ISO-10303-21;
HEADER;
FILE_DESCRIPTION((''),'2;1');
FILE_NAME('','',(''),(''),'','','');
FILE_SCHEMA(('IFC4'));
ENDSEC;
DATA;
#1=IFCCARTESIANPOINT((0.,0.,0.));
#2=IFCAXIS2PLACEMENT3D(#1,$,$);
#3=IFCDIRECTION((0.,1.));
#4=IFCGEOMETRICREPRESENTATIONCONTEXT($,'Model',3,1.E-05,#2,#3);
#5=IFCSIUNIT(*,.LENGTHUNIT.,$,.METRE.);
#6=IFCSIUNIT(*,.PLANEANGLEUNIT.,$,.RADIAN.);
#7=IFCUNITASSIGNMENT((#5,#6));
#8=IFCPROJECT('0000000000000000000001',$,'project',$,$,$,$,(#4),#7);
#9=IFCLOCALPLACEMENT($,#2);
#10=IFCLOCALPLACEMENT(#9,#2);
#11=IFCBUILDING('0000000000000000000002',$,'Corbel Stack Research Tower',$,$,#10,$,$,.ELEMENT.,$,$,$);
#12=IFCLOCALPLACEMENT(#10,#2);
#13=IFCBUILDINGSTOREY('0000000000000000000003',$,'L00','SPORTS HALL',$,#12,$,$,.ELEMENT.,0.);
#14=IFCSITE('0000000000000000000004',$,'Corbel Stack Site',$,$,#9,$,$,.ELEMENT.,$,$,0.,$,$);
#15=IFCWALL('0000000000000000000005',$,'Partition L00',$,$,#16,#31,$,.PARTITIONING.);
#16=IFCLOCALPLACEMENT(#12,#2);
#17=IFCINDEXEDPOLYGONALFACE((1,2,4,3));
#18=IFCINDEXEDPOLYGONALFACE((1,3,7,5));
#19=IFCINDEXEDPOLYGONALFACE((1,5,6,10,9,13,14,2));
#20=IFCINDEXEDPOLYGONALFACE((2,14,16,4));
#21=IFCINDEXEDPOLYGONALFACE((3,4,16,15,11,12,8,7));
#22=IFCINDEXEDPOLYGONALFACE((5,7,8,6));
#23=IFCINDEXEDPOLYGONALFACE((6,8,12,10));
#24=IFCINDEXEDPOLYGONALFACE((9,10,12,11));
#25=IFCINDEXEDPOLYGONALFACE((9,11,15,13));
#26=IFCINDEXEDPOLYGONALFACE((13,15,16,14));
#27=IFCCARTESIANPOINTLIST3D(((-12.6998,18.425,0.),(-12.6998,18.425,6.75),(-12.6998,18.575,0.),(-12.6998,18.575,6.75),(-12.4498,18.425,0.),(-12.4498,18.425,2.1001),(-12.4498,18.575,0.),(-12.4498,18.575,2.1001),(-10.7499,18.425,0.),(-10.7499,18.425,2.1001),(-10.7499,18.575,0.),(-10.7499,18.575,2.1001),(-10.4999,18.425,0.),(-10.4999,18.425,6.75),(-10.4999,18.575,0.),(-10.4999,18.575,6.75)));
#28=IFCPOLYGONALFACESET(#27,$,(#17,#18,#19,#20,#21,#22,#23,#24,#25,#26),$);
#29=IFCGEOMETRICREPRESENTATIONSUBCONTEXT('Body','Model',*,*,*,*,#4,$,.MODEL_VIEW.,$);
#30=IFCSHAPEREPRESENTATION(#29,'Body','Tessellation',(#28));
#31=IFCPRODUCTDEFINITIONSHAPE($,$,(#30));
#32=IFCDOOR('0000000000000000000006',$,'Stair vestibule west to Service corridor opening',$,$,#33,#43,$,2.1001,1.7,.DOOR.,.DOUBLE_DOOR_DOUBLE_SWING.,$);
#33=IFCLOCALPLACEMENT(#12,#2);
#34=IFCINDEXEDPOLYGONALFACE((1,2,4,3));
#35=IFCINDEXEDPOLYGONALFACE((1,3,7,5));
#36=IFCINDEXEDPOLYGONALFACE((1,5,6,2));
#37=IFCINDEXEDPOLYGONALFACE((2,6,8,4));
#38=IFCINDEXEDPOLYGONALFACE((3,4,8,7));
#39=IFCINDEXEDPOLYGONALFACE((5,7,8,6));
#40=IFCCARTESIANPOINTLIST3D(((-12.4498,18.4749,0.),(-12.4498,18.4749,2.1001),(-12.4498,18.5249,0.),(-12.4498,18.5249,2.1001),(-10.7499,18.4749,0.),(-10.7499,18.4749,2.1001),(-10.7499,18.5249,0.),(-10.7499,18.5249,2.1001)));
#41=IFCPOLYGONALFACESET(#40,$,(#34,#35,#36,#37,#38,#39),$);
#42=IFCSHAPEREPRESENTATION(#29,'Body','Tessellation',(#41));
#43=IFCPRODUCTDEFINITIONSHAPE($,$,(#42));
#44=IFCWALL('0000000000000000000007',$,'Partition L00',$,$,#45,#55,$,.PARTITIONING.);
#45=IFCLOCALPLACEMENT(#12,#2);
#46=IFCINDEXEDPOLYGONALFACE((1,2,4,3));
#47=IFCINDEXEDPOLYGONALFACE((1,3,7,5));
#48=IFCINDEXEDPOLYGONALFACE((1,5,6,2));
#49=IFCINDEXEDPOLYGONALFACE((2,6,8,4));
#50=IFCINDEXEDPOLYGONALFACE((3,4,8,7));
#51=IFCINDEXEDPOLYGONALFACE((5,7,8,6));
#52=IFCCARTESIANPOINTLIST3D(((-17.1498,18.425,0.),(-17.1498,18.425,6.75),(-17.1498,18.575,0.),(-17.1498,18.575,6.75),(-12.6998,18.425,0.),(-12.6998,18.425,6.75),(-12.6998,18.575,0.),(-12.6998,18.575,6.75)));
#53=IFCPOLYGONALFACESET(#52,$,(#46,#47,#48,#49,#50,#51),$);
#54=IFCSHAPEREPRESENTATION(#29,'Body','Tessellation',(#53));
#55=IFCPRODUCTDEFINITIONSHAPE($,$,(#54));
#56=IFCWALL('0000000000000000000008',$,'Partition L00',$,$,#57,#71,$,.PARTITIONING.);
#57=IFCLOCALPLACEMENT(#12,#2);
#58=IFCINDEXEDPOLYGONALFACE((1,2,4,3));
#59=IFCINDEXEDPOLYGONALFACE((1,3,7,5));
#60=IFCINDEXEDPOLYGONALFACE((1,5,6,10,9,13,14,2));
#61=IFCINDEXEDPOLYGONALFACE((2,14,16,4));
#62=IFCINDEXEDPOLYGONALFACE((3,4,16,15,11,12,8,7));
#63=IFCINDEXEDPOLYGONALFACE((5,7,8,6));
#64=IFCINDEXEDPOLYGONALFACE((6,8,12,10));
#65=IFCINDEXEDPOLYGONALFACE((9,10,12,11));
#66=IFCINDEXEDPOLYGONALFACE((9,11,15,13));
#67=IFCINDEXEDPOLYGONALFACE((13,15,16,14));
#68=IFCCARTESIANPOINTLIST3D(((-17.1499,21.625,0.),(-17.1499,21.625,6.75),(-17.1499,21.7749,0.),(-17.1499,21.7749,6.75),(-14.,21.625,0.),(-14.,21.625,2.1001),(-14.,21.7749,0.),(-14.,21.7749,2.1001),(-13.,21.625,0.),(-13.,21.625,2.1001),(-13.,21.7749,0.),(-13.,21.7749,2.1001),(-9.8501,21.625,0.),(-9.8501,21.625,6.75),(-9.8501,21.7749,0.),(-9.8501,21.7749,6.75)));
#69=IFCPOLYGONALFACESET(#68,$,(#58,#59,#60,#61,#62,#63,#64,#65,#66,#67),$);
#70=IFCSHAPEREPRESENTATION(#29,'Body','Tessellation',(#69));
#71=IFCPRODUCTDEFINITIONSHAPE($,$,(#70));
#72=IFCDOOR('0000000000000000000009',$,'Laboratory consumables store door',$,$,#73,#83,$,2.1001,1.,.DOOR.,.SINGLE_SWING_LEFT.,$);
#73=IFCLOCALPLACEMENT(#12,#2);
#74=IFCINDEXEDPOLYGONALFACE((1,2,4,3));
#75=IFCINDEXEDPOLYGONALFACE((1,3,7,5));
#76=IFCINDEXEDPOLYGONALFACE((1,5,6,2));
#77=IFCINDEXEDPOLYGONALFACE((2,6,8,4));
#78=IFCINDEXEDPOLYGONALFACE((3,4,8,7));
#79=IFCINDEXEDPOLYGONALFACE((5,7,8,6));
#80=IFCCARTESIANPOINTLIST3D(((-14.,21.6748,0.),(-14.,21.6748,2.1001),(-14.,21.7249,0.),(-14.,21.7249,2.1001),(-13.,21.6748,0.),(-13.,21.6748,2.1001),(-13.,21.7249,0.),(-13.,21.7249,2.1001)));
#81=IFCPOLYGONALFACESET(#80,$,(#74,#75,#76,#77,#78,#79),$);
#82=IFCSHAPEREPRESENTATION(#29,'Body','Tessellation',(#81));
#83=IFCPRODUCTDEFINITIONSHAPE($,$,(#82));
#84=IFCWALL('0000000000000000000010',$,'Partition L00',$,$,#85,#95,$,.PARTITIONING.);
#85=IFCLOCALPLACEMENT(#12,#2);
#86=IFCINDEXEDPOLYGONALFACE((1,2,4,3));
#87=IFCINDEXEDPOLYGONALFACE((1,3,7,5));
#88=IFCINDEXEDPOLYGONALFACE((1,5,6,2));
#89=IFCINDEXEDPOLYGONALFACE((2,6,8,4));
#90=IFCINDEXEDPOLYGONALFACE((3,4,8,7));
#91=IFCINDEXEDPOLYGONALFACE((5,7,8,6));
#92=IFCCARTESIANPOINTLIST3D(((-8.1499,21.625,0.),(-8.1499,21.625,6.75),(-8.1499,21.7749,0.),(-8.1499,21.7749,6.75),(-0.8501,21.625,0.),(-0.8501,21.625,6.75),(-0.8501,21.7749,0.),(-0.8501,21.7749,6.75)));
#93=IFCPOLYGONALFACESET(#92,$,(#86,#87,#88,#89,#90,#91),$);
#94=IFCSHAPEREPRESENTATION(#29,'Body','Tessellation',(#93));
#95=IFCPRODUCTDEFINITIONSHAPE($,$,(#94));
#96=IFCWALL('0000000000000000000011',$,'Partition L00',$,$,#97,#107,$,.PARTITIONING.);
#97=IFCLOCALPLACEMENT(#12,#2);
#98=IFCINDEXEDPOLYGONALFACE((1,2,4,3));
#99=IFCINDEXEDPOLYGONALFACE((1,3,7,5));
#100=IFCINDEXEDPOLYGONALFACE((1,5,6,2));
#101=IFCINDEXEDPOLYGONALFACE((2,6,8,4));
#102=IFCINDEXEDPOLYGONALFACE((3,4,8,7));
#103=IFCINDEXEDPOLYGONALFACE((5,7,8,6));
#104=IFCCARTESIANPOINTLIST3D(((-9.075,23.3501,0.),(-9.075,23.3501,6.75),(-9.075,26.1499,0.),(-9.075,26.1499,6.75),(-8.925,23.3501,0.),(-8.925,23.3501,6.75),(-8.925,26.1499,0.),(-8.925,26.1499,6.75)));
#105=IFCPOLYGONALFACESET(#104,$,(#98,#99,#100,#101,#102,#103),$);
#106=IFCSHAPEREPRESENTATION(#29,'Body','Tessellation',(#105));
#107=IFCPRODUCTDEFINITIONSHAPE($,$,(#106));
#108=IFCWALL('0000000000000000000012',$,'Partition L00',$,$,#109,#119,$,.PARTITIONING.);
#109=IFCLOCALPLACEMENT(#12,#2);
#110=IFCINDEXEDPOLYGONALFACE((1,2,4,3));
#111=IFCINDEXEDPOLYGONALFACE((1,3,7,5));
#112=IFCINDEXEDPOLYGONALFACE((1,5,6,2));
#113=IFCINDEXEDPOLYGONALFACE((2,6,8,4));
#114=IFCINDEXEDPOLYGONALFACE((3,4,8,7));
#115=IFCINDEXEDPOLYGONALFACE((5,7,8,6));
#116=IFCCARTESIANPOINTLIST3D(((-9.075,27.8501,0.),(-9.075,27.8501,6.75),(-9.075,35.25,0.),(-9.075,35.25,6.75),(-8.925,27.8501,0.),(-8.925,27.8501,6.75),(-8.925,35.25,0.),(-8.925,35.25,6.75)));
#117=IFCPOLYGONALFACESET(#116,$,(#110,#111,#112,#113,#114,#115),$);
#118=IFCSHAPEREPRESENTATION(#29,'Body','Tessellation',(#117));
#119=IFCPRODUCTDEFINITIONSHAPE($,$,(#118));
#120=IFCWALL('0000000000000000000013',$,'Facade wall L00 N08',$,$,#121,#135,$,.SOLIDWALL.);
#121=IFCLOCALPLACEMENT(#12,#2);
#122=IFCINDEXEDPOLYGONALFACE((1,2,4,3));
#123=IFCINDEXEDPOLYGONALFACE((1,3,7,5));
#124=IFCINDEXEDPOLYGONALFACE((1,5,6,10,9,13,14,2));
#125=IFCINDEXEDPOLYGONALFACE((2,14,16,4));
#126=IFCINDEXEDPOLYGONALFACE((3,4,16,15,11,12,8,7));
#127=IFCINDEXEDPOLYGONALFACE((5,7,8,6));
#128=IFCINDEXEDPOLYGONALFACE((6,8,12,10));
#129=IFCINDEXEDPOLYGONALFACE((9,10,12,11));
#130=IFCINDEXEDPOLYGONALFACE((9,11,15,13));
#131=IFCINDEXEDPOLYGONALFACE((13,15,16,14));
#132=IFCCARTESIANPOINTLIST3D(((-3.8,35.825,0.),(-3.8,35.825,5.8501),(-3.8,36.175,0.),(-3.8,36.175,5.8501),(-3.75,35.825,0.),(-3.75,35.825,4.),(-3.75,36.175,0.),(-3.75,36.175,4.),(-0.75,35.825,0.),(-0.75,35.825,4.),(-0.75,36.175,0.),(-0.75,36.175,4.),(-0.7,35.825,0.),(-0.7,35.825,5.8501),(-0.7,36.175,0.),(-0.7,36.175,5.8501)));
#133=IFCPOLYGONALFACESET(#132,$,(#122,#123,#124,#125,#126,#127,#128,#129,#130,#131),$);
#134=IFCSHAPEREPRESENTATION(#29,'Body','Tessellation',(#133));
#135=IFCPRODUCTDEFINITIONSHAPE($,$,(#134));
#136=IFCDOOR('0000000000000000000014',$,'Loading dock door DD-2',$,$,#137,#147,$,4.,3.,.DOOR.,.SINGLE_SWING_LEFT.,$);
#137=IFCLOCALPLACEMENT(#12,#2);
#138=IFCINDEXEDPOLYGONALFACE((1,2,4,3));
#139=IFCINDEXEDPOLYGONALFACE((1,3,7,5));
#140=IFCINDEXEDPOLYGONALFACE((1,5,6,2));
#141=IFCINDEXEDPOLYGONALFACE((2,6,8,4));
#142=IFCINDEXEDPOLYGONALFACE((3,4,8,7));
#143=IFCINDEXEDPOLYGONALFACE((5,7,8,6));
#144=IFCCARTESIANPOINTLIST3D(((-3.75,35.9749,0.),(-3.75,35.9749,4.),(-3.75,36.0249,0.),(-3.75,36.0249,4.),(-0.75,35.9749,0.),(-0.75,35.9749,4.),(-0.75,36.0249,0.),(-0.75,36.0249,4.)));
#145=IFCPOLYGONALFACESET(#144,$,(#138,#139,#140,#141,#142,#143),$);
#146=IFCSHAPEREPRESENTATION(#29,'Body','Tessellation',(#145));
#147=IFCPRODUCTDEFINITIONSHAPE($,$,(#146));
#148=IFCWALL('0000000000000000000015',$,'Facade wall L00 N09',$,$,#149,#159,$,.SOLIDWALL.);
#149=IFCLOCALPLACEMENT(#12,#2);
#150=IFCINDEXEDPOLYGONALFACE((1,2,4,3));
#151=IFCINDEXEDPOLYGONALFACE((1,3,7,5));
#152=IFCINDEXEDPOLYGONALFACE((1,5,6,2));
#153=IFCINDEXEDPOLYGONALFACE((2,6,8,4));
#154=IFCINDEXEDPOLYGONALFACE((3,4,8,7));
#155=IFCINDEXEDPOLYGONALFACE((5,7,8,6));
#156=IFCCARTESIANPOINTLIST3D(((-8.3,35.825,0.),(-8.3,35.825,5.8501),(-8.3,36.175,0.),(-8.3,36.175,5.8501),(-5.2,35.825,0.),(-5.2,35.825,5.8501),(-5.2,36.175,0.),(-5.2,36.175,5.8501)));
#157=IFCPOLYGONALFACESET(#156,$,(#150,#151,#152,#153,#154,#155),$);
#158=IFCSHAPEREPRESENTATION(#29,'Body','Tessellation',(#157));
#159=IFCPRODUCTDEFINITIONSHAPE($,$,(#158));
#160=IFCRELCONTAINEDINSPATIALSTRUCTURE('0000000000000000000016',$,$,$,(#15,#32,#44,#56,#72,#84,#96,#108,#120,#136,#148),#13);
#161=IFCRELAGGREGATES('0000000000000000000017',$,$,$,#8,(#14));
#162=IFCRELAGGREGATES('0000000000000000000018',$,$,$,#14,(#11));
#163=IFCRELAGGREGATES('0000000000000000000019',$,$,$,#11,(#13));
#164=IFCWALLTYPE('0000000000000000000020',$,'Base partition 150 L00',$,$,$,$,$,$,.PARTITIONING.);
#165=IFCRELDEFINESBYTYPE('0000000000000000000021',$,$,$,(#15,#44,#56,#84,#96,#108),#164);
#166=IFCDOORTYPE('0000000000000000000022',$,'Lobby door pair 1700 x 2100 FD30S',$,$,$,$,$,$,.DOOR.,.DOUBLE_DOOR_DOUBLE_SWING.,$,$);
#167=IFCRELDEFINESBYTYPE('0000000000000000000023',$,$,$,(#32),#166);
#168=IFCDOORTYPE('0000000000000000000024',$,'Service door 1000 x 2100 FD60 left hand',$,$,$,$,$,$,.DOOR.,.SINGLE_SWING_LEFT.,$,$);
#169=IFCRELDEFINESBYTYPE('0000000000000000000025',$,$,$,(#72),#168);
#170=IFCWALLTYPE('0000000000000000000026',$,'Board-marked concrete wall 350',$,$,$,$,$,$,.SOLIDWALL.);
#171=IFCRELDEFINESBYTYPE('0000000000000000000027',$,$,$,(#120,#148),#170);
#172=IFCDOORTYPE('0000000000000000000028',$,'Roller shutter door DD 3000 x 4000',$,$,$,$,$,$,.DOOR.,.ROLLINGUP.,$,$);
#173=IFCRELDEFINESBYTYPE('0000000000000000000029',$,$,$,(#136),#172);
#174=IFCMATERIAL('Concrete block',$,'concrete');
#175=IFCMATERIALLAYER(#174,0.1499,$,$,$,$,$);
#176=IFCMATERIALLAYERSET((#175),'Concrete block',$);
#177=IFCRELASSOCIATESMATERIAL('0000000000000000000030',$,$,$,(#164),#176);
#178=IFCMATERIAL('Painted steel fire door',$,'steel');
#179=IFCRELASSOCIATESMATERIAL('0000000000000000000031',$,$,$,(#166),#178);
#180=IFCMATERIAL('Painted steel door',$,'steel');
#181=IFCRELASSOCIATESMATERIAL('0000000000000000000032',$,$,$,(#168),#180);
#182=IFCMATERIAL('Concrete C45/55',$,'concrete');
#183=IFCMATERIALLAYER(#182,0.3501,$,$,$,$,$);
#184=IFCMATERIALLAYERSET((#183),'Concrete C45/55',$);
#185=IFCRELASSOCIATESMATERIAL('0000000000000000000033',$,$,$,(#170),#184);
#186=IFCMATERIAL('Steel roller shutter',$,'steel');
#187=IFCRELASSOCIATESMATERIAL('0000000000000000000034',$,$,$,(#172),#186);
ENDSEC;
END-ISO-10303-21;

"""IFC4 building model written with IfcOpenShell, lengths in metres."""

from ifc_helpers import new_model, si_unit, direction, frame, frame_2d, origin, place, context, subcontext, project, spatial, rectangle, extrude, material, layer, layer_set, type_object, element, fill, save


model = new_model("IFC4")

# Units and contexts
model_context = context("Model", 3, precision=1e-05, world=origin(), true_north=direction((0.0, 1.0)))
body_context = subcontext(model_context, "Body", "Model", "MODEL_VIEW")
ifc_project = project(units=[si_unit("LENGTHUNIT", "METRE"), si_unit("PLANEANGLEUNIT", "RADIAN")], contexts=[model_context])

# Site, building, storey
site_placement = place(None, origin())
site = spatial("IfcSite", under=ifc_project, at=site_placement, Name="Corbel Stack Site", CompositionType="ELEMENT", RefElevation=0.0)
building_placement = place(site_placement, origin())
building = spatial("IfcBuilding", under=site, at=building_placement, Name="Corbel Stack Research Tower", CompositionType="ELEMENT")
storey_placement = place(building_placement, origin())
storey = spatial("IfcBuildingStorey", under=building, at=storey_placement, Name="L00", Description="SPORTS HALL", CompositionType="ELEMENT", Elevation=0.0)

# Wall, opening, door
ifc_material_1 = material(Name="Concrete block", Category="concrete")
ifc_layer_1 = layer(ifc_material_1, 0.1499)
ifc_layer_set_1 = layer_set([ifc_layer_1], Name="Concrete block")
wall_type_1 = type_object("IfcWallType", Name="Base partition 150 L00", PredefinedType="PARTITIONING", material=ifc_layer_set_1)
wall_1_placement = place(storey_placement, frame((-12.7, 18.5, 0.0), z_axis=(0.0, 0.0, 1.0), x_axis=(1.0, 0.0, 0.0)))
wall_1 = element("IfcWall", 1, at=wall_1_placement, inside=storey, type_object=wall_type_1, Name="Partition L00", PredefinedType="PARTITIONING", context=body_context, shape_type="SweptSolid", body=[
    extrude(rectangle(XDim=2.2, YDim=0.1499, at=frame_2d((1.1001, 0.0))), origin(), (0.0, 0.0, 1.0), 6.75),
])
opening_1_placement = place(wall_1_placement, frame((0.25, 0.0, 0.0)))
opening_1 = element("IfcOpeningElement", 2, at=opening_1_placement, cuts=wall_1, PredefinedType="OPENING", context=body_context, shape_type="SweptSolid", body=[
    extrude(rectangle(XDim=1.7, YDim=2.1001, at=frame_2d((0.8501, 1.05))), frame((0.0, 0.085, 0.0), z_axis=(0.0, -1.0, 0.0), x_axis=(1.0, 0.0, 0.0)), (0.0, 0.0, 1.0), 0.1699),
])
ifc_material_2 = material(Name="Painted steel fire door", Category="steel")
door_type_1 = type_object("IfcDoorType", Name="Lobby door pair 1700 x 2100 FD30S", OperationType="DOUBLE_DOOR_DOUBLE_SWING", PredefinedType="DOOR", material=ifc_material_2)
door_1_placement = place(opening_1_placement, origin())
door_1 = element("IfcDoor", 3, at=door_1_placement, inside=storey, type_object=door_type_1, Name="Stair vestibule west to Service corridor opening", OperationType="DOUBLE_DOOR_DOUBLE_SWING", OverallHeight=2.1001, OverallWidth=1.7, PredefinedType="DOOR", context=body_context, shape_type="SweptSolid", body=[
    extrude(rectangle(XDim=1.7, YDim=2.1001, at=frame_2d((0.8501, 1.05))), frame((0.0, 0.0249, 0.0), z_axis=(0.0, -1.0, 0.0), x_axis=(1.0, 0.0, 0.0)), (0.0, 0.0, 1.0), 0.05),
])
fill(opening_1, door_1)

# Wall
wall_2_placement = place(storey_placement, frame((-17.1499, 18.5, 0.0), z_axis=(0.0, 0.0, 1.0), x_axis=(1.0, 0.0, 0.0)))
element("IfcWall", 4, at=wall_2_placement, inside=storey, type_object=wall_type_1, Name="Partition L00", PredefinedType="PARTITIONING", context=body_context, shape_type="SweptSolid", body=[
    extrude(rectangle(XDim=4.45, YDim=0.1499, at=frame_2d((2.2251, 0.0))), origin(), (0.0, 0.0, 1.0), 6.75),
])

# Wall, opening, door
wall_3_placement = place(storey_placement, frame((-17.1499, 21.7, 0.0), z_axis=(0.0, 0.0, 1.0), x_axis=(1.0, 0.0, 0.0)))
wall_3 = element("IfcWall", 5, at=wall_3_placement, inside=storey, type_object=wall_type_1, Name="Partition L00", PredefinedType="PARTITIONING", context=body_context, shape_type="SweptSolid", body=[
    extrude(rectangle(XDim=7.2998, YDim=0.1499, at=frame_2d((3.6499, 0.0))), origin(), (0.0, 0.0, 1.0), 6.75),
])
opening_2_placement = place(wall_3_placement, frame((3.1499, 0.0, 0.0)))
opening_2 = element("IfcOpeningElement", 6, at=opening_2_placement, cuts=wall_3, PredefinedType="OPENING", context=body_context, shape_type="SweptSolid", body=[
    extrude(rectangle(XDim=1.0, YDim=2.1001, at=frame_2d((0.5, 1.05))), frame((0.0, 0.085, 0.0), z_axis=(0.0, -1.0, 0.0), x_axis=(1.0, 0.0, 0.0)), (0.0, 0.0, 1.0), 0.1699),
])
ifc_material_3 = material(Name="Painted steel door", Category="steel")
door_type_2 = type_object("IfcDoorType", Name="Service door 1000 x 2100 FD60 left hand", OperationType="SINGLE_SWING_LEFT", PredefinedType="DOOR", material=ifc_material_3)
door_2_placement = place(opening_2_placement, origin())
door_2 = element("IfcDoor", 7, at=door_2_placement, inside=storey, type_object=door_type_2, Name="Laboratory consumables store door", OperationType="SINGLE_SWING_LEFT", OverallHeight=2.1001, OverallWidth=1.0, PredefinedType="DOOR", context=body_context, shape_type="SweptSolid", body=[
    extrude(rectangle(XDim=1.0, YDim=2.1001, at=frame_2d((0.5, 1.05))), frame((0.0, 0.0249, 0.0), z_axis=(0.0, -1.0, 0.0), x_axis=(1.0, 0.0, 0.0)), (0.0, 0.0, 1.0), 0.05),
])
fill(opening_2, door_2)

# Walls
wall_4_placement = place(storey_placement, frame((-8.1499, 21.7, 0.0), z_axis=(0.0, 0.0, 1.0), x_axis=(1.0, 0.0, 0.0)))
element("IfcWall", 8, at=wall_4_placement, inside=storey, type_object=wall_type_1, Name="Partition L00", PredefinedType="PARTITIONING", context=body_context, shape_type="SweptSolid", body=[
    extrude(rectangle(XDim=7.2998, YDim=0.1499, at=frame_2d((3.6499, 0.0))), origin(), (0.0, 0.0, 1.0), 6.75),
])
wall_5_placement = place(storey_placement, frame((-9.0, 23.3501, 0.0), z_axis=(0.0, 0.0, 1.0), x_axis=(0.0, 1.0, 0.0)))
element("IfcWall", 9, at=wall_5_placement, inside=storey, type_object=wall_type_1, Name="Partition L00", PredefinedType="PARTITIONING", context=body_context, shape_type="SweptSolid", body=[
    extrude(rectangle(XDim=2.7998, YDim=0.1499, at=frame_2d((1.3999, 0.0))), origin(), (0.0, 0.0, 1.0), 6.75),
])
wall_6_placement = place(storey_placement, frame((-9.0, 27.8501, 0.0), z_axis=(0.0, 0.0, 1.0), x_axis=(0.0, 1.0, 0.0)))
element("IfcWall", 10, at=wall_6_placement, inside=storey, type_object=wall_type_1, Name="Partition L00", PredefinedType="PARTITIONING", context=body_context, shape_type="SweptSolid", body=[
    extrude(rectangle(XDim=7.3999, YDim=0.1499, at=frame_2d((3.7, 0.0))), origin(), (0.0, 0.0, 1.0), 6.75),
])

# Wall, opening, door
ifc_material_4 = material(Name="Concrete C45/55", Category="concrete")
ifc_layer_2 = layer(ifc_material_4, 0.3501)
ifc_layer_set_2 = layer_set([ifc_layer_2], Name="Concrete C45/55")
wall_type_2 = type_object("IfcWallType", Name="Board-marked concrete wall 350", PredefinedType="SOLIDWALL", material=ifc_layer_set_2)
wall_7_placement = place(storey_placement, frame((-3.8, 36.0, 0.0), z_axis=(0.0, 0.0, 1.0), x_axis=(1.0, 0.0, 0.0)))
wall_7 = element("IfcWall", 11, at=wall_7_placement, inside=storey, type_object=wall_type_2, Name="Facade wall L00 N08", PredefinedType="SOLIDWALL", context=body_context, shape_type="SweptSolid", body=[
    extrude(rectangle(XDim=3.1001, YDim=0.3501, at=frame_2d((1.55, 0.0))), origin(), (0.0, 0.0, 1.0), 5.8501),
])
opening_3_placement = place(wall_7_placement, frame((0.05, 0.0, 0.0)))
opening_3 = element("IfcOpeningElement", 12, at=opening_3_placement, cuts=wall_7, PredefinedType="OPENING", context=body_context, shape_type="SweptSolid", body=[
    extrude(rectangle(XDim=3.0, YDim=4.0, at=frame_2d((1.5, 2.0))), frame((0.0, 0.1851, 0.0), z_axis=(0.0, -1.0, 0.0), x_axis=(1.0, 0.0, 0.0)), (0.0, 0.0, 1.0), 0.3701),
])
ifc_material_5 = material(Name="Steel roller shutter", Category="steel")
door_type_3 = type_object("IfcDoorType", Name="Roller shutter door DD 3000 x 4000", OperationType="ROLLINGUP", PredefinedType="DOOR", material=ifc_material_5)
door_3_placement = place(opening_3_placement, origin())
door_3 = element("IfcDoor", 13, at=door_3_placement, inside=storey, type_object=door_type_3, Name="Loading dock door DD-2", OperationType="SINGLE_SWING_LEFT", OverallHeight=4.0, OverallWidth=3.0, PredefinedType="DOOR", context=body_context, shape_type="SweptSolid", body=[
    extrude(rectangle(XDim=3.0, YDim=4.0, at=frame_2d((1.5, 2.0))), frame((0.0, 0.0249, 0.0), z_axis=(0.0, -1.0, 0.0), x_axis=(1.0, 0.0, 0.0)), (0.0, 0.0, 1.0), 0.05),
])
fill(opening_3, door_3)

# Wall
wall_8_placement = place(storey_placement, frame((-8.3, 36.0, 0.0), z_axis=(0.0, 0.0, 1.0), x_axis=(1.0, 0.0, 0.0)))
element("IfcWall", 14, at=wall_8_placement, inside=storey, type_object=wall_type_2, Name="Facade wall L00 N09", PredefinedType="SOLIDWALL", context=body_context, shape_type="SweptSolid", body=[
    extrude(rectangle(XDim=3.1001, YDim=0.3501, at=frame_2d((1.55, 0.0))), origin(), (0.0, 0.0, 1.0), 5.8501),
])

save(model, "model.ifc")
